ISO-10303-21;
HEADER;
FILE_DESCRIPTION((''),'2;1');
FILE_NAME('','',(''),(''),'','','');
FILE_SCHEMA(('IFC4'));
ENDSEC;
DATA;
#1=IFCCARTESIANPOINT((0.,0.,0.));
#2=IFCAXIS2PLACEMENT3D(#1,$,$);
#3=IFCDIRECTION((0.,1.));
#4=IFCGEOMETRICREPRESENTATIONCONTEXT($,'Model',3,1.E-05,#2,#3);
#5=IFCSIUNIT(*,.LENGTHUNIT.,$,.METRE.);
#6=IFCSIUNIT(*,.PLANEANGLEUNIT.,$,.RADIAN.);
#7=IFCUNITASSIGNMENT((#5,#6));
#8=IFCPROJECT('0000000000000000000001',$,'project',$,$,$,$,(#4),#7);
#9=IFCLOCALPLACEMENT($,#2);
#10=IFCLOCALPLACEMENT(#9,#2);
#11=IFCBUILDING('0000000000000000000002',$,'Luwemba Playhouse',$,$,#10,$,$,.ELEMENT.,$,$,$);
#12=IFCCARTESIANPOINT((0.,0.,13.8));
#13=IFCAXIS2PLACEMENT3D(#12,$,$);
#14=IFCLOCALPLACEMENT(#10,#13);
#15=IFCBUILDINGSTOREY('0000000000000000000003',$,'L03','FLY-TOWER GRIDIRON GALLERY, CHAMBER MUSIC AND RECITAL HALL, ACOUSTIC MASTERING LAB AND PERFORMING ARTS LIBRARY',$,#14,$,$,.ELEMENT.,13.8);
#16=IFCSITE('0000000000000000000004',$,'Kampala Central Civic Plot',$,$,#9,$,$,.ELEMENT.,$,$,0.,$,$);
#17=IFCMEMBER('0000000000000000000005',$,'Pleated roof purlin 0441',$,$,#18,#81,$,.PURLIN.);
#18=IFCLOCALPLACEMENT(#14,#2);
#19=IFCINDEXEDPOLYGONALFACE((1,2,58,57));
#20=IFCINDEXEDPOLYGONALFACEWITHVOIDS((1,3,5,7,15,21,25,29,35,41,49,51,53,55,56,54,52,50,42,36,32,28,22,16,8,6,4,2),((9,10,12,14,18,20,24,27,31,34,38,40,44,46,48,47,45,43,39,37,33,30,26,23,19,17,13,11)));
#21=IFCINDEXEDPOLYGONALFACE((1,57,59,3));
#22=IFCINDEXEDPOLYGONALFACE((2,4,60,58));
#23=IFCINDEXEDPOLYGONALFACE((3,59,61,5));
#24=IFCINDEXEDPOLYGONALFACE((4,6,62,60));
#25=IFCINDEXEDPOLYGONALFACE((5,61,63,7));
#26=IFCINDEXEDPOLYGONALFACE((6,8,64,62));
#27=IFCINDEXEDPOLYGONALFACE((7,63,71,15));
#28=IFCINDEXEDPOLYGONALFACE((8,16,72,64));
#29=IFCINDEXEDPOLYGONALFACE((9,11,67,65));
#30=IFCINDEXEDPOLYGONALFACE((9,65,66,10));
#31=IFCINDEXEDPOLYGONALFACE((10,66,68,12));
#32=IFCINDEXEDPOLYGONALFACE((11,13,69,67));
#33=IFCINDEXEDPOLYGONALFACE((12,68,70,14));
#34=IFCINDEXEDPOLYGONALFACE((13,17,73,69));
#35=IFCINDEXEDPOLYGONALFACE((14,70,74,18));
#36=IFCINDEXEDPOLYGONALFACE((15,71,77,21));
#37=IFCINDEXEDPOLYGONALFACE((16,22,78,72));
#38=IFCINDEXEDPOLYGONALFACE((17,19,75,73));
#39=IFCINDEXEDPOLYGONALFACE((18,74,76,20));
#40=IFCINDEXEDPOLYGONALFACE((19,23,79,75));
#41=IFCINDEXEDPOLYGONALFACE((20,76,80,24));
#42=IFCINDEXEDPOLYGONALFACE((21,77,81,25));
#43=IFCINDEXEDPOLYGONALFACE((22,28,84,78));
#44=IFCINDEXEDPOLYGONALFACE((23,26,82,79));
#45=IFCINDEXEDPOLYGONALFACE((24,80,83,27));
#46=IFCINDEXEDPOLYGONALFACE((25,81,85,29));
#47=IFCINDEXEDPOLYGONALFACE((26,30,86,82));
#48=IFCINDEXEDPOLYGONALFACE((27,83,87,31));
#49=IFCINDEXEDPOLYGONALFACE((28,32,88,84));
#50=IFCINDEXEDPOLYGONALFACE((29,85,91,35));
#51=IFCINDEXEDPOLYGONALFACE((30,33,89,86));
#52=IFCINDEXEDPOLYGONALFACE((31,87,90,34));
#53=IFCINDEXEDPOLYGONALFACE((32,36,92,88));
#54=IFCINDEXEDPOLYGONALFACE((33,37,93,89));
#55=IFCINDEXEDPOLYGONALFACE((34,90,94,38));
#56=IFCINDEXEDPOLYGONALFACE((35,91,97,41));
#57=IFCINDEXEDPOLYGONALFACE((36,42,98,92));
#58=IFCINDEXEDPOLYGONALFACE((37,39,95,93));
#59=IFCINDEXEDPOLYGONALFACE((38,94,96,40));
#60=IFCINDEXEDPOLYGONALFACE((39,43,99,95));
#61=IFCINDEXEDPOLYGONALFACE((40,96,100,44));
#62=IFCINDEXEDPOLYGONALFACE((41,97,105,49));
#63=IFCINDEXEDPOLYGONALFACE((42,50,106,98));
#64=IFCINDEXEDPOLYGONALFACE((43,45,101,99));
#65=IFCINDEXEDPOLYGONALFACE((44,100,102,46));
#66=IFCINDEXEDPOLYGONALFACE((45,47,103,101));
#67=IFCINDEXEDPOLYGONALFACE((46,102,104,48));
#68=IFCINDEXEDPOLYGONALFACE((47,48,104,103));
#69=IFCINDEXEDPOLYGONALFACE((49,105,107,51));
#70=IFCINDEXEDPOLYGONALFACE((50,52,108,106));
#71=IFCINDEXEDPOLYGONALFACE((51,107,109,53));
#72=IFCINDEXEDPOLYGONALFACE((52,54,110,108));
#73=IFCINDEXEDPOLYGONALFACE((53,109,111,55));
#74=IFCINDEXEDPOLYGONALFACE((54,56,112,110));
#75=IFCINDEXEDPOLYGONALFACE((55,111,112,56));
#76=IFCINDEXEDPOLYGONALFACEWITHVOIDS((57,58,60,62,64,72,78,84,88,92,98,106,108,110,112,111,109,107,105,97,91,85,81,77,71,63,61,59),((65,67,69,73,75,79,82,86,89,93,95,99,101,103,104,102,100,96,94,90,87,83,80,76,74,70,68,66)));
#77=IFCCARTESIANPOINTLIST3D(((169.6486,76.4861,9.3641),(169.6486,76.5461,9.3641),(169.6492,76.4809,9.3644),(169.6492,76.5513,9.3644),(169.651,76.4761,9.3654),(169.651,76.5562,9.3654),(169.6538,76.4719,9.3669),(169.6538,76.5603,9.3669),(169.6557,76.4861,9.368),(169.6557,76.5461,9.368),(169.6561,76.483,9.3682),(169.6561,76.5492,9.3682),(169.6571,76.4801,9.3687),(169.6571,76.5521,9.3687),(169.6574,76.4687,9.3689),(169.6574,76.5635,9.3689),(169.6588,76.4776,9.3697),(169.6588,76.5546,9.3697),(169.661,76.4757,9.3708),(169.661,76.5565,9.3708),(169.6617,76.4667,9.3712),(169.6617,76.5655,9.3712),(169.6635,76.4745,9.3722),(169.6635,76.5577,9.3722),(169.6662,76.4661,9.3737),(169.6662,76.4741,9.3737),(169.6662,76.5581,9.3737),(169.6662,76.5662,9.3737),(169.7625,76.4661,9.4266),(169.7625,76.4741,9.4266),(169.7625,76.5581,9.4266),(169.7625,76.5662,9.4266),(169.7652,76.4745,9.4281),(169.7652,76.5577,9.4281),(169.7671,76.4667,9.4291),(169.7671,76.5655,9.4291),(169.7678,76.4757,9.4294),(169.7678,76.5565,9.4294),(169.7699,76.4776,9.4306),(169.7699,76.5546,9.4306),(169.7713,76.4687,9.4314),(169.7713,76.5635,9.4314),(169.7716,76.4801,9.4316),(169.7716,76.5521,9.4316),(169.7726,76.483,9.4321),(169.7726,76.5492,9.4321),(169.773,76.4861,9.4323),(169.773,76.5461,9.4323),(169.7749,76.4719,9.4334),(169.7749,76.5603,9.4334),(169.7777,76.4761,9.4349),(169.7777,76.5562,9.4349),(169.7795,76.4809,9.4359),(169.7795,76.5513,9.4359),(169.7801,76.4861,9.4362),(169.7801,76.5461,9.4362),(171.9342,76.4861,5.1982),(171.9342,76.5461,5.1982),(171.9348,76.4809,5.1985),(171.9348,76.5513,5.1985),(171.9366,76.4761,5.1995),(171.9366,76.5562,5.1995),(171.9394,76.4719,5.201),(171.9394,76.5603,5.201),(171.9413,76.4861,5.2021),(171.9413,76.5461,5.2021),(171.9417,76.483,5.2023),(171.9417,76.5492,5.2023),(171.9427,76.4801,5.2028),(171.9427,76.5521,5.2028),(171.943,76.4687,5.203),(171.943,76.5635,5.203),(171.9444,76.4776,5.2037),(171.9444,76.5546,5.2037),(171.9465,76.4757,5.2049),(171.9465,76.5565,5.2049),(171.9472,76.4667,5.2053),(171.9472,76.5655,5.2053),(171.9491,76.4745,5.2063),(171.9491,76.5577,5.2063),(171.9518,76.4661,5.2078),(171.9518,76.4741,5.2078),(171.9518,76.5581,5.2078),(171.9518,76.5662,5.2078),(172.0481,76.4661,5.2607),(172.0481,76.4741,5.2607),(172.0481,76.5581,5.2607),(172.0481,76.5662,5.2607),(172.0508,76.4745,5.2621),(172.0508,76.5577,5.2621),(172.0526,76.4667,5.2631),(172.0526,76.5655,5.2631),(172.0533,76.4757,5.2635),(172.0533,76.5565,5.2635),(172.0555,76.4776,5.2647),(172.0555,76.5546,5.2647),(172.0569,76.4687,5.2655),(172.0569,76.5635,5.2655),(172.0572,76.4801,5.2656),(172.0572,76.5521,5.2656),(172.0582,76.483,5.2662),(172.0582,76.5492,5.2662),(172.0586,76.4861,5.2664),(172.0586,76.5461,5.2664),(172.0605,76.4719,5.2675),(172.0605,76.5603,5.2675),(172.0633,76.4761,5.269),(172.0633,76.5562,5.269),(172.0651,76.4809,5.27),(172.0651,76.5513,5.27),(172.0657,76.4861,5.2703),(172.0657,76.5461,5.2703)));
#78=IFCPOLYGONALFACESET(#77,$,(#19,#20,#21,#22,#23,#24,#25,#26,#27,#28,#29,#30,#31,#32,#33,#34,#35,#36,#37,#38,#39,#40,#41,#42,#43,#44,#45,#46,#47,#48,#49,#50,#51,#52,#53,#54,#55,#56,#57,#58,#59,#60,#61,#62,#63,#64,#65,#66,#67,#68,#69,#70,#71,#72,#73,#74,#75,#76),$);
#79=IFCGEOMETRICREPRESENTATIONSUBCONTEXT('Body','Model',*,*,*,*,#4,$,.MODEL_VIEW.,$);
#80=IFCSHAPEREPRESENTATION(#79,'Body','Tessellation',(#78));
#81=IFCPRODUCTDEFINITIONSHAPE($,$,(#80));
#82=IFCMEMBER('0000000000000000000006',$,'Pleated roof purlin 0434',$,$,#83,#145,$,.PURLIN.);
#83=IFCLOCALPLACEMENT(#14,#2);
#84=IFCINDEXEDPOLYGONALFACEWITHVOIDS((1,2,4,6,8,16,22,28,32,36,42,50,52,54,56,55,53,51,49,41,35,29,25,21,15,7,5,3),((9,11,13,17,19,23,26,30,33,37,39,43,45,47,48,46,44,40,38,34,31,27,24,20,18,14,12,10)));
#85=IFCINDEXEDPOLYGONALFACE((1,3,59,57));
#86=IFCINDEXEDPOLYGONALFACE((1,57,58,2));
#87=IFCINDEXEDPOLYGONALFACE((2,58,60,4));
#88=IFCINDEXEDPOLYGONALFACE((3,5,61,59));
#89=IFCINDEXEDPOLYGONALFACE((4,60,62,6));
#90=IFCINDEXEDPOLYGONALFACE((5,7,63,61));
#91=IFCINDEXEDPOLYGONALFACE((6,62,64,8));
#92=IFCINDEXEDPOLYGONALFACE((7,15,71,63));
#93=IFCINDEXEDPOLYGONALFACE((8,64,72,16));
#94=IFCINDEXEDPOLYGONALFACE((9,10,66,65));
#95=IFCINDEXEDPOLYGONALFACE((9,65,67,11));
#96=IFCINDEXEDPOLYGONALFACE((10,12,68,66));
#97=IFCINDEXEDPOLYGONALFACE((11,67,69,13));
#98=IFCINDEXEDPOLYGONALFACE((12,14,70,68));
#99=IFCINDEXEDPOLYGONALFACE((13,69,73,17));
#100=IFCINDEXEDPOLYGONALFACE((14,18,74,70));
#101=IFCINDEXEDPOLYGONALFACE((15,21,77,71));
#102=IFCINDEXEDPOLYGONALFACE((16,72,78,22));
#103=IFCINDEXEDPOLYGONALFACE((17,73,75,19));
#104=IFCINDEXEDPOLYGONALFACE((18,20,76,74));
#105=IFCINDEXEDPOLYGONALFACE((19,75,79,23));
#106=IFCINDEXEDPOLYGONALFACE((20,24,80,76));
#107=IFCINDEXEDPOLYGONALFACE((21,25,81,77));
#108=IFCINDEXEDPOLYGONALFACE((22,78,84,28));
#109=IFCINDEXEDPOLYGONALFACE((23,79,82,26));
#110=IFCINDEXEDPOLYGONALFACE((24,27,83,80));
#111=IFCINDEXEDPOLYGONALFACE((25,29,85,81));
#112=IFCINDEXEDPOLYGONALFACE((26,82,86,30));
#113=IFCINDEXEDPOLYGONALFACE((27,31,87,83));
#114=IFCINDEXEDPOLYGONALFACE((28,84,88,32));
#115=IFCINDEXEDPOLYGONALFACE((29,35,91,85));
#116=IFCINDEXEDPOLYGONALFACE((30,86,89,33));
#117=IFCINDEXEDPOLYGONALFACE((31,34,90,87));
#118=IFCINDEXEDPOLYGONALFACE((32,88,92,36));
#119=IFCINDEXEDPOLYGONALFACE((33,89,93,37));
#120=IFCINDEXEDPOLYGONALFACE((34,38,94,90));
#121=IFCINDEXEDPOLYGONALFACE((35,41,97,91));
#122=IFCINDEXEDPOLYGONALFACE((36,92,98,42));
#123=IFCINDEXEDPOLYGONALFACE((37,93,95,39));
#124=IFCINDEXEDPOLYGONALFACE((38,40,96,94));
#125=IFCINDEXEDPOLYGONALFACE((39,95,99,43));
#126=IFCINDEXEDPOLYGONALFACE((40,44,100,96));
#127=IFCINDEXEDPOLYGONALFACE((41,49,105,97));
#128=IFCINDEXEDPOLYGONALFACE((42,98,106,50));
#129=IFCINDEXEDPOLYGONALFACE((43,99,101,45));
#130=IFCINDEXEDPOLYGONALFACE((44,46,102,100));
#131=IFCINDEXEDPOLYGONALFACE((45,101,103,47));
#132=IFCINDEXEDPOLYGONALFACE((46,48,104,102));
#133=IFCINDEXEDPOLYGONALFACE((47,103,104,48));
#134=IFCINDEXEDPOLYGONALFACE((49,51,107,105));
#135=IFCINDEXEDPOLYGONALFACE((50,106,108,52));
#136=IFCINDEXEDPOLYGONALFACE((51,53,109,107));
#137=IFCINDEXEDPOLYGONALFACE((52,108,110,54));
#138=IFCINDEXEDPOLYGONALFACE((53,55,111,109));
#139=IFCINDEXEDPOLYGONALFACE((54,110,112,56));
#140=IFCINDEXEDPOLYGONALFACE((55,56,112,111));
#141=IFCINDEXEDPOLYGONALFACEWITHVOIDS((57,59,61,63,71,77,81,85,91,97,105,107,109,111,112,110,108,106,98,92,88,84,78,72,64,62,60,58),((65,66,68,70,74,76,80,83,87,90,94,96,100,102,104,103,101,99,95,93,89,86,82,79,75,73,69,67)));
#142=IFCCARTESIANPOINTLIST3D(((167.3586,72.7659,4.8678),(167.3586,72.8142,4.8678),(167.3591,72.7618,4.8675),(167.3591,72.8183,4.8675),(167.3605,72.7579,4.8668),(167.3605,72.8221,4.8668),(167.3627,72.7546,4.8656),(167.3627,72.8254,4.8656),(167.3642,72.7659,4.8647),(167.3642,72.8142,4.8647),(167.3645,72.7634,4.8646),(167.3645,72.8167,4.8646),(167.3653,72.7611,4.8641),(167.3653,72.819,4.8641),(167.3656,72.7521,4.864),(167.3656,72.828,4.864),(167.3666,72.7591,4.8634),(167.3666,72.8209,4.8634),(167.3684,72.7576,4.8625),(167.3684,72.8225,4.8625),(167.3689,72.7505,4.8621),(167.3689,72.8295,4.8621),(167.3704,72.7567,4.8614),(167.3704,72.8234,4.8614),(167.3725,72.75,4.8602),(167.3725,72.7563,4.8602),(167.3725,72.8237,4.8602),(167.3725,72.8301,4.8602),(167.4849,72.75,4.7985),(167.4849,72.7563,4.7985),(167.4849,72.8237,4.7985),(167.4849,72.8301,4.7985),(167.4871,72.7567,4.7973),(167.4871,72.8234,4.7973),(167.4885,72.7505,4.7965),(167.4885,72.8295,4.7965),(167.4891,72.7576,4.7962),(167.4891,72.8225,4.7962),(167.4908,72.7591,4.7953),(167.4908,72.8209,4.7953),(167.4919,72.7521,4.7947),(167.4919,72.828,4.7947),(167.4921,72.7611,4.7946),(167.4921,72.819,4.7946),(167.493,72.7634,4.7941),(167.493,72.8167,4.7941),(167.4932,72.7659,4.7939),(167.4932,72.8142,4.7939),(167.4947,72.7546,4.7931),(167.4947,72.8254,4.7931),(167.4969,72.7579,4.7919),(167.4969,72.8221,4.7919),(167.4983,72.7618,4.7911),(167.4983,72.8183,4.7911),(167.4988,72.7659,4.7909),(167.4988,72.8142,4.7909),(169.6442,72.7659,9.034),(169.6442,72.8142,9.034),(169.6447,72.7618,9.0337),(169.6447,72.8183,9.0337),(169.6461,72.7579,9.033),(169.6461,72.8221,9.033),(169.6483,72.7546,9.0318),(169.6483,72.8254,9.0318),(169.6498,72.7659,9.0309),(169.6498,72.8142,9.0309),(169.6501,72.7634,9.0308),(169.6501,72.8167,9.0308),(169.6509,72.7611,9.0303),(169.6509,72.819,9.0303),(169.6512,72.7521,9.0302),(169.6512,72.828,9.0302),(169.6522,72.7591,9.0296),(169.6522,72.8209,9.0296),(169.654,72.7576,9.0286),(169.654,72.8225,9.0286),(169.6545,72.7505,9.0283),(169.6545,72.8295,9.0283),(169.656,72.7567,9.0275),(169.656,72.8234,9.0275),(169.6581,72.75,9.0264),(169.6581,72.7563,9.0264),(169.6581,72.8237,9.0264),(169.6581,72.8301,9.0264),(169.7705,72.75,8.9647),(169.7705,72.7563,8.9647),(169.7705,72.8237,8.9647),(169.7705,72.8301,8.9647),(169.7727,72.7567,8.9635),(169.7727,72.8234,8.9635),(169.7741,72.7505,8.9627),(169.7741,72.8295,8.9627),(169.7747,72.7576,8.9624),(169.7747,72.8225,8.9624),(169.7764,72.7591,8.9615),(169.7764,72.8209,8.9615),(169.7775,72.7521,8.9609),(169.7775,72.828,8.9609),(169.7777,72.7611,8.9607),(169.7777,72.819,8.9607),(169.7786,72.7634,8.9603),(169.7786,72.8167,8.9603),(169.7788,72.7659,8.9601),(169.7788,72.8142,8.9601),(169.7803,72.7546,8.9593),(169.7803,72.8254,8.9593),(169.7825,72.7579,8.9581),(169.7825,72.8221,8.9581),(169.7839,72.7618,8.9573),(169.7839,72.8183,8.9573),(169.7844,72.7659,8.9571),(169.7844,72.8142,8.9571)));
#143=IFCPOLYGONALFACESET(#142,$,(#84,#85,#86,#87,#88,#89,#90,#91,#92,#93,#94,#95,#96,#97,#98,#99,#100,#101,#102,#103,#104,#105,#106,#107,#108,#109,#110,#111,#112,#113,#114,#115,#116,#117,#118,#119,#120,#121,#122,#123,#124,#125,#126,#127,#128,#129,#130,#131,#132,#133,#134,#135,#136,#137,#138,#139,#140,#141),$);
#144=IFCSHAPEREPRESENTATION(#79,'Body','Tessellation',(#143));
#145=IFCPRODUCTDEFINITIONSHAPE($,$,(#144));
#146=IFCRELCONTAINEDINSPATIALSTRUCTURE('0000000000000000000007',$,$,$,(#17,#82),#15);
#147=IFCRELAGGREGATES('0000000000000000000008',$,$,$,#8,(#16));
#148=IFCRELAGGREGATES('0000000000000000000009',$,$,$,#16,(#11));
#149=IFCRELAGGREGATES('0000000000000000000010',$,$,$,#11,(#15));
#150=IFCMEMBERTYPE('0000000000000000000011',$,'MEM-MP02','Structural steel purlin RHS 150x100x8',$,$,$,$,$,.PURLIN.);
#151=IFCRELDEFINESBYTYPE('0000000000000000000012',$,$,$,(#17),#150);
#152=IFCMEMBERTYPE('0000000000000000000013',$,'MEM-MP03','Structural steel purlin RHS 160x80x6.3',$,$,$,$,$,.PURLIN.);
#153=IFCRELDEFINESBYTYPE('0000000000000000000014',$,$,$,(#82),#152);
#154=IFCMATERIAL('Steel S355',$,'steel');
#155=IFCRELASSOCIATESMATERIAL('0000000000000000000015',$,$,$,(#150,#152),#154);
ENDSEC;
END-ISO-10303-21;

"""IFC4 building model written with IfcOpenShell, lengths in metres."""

from ifc_helpers import new_model, si_unit, direction, frame, origin, origin_2d, place, context, subcontext, project, spatial, hollow_rectangle, extrude, material, material_profile, profile_set, type_object, element, save


model = new_model("IFC4")

# Units and contexts
model_context = context("Model", 3, precision=1e-05, world=origin(), true_north=direction((0.0, 1.0)))
body_context = subcontext(model_context, "Body", "Model", "MODEL_VIEW")
ifc_project = project(units=[si_unit("LENGTHUNIT", "METRE"), si_unit("PLANEANGLEUNIT", "RADIAN")], contexts=[model_context])

# Site, building, storey
site_placement = place(None, origin())
site = spatial("IfcSite", under=ifc_project, at=site_placement, Name="Kampala Central Civic Plot", CompositionType="ELEMENT", RefElevation=0.0)
building_placement = place(site_placement, origin())
building = spatial("IfcBuilding", under=site, at=building_placement, Name="Luwemba Playhouse", CompositionType="ELEMENT")
storey_placement = place(building_placement, frame((0.0, 0.0, 13.8)))
storey = spatial("IfcBuildingStorey", under=building, at=storey_placement, Name="L03", Description="FLY-TOWER GRIDIRON GALLERY, CHAMBER MUSIC AND RECITAL HALL, ACOUSTIC MASTERING LAB AND PERFORMING ARTS LIBRARY", CompositionType="ELEMENT", Elevation=13.8)

# Shared definitions
ifc_material_1 = material(Name="Steel S355", Category="steel")

# Members
ifc_material_profile_1 = material_profile(ifc_material_1, hollow_rectangle(XDim=0.1001, YDim=0.1499, WallThickness=0.0081, InnerFilletRadius=0.012, OuterFilletRadius=0.02, at=origin_2d()))
ifc_profile_set_1 = profile_set([ifc_material_profile_1], Name="Steel S355")
member_type_1 = type_object("IfcMemberType", Name="MEM-MP02", Description="Structural steel purlin RHS 150x100x8", PredefinedType="PURLIN", material=ifc_profile_set_1)
member_1_placement = place(storey_placement, frame((169.7144, 76.5161, 9.4001), z_axis=(0.481003, 0.0, -0.876719), x_axis=(0.0, 1.0, 0.0)))
element("IfcMember", 1, at=member_1_placement, inside=storey, type_object=member_type_1, Name="Pleated roof purlin 0441", PredefinedType="PURLIN", context=body_context, shape_type="SweptSolid", body=[
    extrude(hollow_rectangle(XDim=0.1001, YDim=0.1499, WallThickness=0.0081, InnerFilletRadius=0.012, OuterFilletRadius=0.02, at=origin_2d()), origin(), (0.0, 0.0, 1.0), 4.7517),
])
ifc_material_profile_2 = material_profile(ifc_material_1, hollow_rectangle(XDim=0.0801, YDim=0.1599, WallThickness=0.0063, InnerFilletRadius=0.0095, OuterFilletRadius=0.0159, at=origin_2d()))
ifc_profile_set_2 = profile_set([ifc_material_profile_2], Name="Steel S355")
member_type_2 = type_object("IfcMemberType", Name="MEM-MP03", Description="Structural steel purlin RHS 160x80x6.3", PredefinedType="PURLIN", material=ifc_profile_set_2)
member_2_placement = place(storey_placement, frame((167.4287, 72.79, 4.8293), z_axis=(0.480982, 0.0, 0.876731), x_axis=(0.0, 1.0, 0.0)))
element("IfcMember", 2, at=member_2_placement, inside=storey, type_object=member_type_2, Name="Pleated roof purlin 0434", PredefinedType="PURLIN", context=body_context, shape_type="SweptSolid", body=[
    extrude(hollow_rectangle(XDim=0.0801, YDim=0.1599, WallThickness=0.0063, InnerFilletRadius=0.0095, OuterFilletRadius=0.0159, at=origin_2d()), origin(), (0.0, 0.0, 1.0), 4.752),
])

save(model, "model.ifc")
